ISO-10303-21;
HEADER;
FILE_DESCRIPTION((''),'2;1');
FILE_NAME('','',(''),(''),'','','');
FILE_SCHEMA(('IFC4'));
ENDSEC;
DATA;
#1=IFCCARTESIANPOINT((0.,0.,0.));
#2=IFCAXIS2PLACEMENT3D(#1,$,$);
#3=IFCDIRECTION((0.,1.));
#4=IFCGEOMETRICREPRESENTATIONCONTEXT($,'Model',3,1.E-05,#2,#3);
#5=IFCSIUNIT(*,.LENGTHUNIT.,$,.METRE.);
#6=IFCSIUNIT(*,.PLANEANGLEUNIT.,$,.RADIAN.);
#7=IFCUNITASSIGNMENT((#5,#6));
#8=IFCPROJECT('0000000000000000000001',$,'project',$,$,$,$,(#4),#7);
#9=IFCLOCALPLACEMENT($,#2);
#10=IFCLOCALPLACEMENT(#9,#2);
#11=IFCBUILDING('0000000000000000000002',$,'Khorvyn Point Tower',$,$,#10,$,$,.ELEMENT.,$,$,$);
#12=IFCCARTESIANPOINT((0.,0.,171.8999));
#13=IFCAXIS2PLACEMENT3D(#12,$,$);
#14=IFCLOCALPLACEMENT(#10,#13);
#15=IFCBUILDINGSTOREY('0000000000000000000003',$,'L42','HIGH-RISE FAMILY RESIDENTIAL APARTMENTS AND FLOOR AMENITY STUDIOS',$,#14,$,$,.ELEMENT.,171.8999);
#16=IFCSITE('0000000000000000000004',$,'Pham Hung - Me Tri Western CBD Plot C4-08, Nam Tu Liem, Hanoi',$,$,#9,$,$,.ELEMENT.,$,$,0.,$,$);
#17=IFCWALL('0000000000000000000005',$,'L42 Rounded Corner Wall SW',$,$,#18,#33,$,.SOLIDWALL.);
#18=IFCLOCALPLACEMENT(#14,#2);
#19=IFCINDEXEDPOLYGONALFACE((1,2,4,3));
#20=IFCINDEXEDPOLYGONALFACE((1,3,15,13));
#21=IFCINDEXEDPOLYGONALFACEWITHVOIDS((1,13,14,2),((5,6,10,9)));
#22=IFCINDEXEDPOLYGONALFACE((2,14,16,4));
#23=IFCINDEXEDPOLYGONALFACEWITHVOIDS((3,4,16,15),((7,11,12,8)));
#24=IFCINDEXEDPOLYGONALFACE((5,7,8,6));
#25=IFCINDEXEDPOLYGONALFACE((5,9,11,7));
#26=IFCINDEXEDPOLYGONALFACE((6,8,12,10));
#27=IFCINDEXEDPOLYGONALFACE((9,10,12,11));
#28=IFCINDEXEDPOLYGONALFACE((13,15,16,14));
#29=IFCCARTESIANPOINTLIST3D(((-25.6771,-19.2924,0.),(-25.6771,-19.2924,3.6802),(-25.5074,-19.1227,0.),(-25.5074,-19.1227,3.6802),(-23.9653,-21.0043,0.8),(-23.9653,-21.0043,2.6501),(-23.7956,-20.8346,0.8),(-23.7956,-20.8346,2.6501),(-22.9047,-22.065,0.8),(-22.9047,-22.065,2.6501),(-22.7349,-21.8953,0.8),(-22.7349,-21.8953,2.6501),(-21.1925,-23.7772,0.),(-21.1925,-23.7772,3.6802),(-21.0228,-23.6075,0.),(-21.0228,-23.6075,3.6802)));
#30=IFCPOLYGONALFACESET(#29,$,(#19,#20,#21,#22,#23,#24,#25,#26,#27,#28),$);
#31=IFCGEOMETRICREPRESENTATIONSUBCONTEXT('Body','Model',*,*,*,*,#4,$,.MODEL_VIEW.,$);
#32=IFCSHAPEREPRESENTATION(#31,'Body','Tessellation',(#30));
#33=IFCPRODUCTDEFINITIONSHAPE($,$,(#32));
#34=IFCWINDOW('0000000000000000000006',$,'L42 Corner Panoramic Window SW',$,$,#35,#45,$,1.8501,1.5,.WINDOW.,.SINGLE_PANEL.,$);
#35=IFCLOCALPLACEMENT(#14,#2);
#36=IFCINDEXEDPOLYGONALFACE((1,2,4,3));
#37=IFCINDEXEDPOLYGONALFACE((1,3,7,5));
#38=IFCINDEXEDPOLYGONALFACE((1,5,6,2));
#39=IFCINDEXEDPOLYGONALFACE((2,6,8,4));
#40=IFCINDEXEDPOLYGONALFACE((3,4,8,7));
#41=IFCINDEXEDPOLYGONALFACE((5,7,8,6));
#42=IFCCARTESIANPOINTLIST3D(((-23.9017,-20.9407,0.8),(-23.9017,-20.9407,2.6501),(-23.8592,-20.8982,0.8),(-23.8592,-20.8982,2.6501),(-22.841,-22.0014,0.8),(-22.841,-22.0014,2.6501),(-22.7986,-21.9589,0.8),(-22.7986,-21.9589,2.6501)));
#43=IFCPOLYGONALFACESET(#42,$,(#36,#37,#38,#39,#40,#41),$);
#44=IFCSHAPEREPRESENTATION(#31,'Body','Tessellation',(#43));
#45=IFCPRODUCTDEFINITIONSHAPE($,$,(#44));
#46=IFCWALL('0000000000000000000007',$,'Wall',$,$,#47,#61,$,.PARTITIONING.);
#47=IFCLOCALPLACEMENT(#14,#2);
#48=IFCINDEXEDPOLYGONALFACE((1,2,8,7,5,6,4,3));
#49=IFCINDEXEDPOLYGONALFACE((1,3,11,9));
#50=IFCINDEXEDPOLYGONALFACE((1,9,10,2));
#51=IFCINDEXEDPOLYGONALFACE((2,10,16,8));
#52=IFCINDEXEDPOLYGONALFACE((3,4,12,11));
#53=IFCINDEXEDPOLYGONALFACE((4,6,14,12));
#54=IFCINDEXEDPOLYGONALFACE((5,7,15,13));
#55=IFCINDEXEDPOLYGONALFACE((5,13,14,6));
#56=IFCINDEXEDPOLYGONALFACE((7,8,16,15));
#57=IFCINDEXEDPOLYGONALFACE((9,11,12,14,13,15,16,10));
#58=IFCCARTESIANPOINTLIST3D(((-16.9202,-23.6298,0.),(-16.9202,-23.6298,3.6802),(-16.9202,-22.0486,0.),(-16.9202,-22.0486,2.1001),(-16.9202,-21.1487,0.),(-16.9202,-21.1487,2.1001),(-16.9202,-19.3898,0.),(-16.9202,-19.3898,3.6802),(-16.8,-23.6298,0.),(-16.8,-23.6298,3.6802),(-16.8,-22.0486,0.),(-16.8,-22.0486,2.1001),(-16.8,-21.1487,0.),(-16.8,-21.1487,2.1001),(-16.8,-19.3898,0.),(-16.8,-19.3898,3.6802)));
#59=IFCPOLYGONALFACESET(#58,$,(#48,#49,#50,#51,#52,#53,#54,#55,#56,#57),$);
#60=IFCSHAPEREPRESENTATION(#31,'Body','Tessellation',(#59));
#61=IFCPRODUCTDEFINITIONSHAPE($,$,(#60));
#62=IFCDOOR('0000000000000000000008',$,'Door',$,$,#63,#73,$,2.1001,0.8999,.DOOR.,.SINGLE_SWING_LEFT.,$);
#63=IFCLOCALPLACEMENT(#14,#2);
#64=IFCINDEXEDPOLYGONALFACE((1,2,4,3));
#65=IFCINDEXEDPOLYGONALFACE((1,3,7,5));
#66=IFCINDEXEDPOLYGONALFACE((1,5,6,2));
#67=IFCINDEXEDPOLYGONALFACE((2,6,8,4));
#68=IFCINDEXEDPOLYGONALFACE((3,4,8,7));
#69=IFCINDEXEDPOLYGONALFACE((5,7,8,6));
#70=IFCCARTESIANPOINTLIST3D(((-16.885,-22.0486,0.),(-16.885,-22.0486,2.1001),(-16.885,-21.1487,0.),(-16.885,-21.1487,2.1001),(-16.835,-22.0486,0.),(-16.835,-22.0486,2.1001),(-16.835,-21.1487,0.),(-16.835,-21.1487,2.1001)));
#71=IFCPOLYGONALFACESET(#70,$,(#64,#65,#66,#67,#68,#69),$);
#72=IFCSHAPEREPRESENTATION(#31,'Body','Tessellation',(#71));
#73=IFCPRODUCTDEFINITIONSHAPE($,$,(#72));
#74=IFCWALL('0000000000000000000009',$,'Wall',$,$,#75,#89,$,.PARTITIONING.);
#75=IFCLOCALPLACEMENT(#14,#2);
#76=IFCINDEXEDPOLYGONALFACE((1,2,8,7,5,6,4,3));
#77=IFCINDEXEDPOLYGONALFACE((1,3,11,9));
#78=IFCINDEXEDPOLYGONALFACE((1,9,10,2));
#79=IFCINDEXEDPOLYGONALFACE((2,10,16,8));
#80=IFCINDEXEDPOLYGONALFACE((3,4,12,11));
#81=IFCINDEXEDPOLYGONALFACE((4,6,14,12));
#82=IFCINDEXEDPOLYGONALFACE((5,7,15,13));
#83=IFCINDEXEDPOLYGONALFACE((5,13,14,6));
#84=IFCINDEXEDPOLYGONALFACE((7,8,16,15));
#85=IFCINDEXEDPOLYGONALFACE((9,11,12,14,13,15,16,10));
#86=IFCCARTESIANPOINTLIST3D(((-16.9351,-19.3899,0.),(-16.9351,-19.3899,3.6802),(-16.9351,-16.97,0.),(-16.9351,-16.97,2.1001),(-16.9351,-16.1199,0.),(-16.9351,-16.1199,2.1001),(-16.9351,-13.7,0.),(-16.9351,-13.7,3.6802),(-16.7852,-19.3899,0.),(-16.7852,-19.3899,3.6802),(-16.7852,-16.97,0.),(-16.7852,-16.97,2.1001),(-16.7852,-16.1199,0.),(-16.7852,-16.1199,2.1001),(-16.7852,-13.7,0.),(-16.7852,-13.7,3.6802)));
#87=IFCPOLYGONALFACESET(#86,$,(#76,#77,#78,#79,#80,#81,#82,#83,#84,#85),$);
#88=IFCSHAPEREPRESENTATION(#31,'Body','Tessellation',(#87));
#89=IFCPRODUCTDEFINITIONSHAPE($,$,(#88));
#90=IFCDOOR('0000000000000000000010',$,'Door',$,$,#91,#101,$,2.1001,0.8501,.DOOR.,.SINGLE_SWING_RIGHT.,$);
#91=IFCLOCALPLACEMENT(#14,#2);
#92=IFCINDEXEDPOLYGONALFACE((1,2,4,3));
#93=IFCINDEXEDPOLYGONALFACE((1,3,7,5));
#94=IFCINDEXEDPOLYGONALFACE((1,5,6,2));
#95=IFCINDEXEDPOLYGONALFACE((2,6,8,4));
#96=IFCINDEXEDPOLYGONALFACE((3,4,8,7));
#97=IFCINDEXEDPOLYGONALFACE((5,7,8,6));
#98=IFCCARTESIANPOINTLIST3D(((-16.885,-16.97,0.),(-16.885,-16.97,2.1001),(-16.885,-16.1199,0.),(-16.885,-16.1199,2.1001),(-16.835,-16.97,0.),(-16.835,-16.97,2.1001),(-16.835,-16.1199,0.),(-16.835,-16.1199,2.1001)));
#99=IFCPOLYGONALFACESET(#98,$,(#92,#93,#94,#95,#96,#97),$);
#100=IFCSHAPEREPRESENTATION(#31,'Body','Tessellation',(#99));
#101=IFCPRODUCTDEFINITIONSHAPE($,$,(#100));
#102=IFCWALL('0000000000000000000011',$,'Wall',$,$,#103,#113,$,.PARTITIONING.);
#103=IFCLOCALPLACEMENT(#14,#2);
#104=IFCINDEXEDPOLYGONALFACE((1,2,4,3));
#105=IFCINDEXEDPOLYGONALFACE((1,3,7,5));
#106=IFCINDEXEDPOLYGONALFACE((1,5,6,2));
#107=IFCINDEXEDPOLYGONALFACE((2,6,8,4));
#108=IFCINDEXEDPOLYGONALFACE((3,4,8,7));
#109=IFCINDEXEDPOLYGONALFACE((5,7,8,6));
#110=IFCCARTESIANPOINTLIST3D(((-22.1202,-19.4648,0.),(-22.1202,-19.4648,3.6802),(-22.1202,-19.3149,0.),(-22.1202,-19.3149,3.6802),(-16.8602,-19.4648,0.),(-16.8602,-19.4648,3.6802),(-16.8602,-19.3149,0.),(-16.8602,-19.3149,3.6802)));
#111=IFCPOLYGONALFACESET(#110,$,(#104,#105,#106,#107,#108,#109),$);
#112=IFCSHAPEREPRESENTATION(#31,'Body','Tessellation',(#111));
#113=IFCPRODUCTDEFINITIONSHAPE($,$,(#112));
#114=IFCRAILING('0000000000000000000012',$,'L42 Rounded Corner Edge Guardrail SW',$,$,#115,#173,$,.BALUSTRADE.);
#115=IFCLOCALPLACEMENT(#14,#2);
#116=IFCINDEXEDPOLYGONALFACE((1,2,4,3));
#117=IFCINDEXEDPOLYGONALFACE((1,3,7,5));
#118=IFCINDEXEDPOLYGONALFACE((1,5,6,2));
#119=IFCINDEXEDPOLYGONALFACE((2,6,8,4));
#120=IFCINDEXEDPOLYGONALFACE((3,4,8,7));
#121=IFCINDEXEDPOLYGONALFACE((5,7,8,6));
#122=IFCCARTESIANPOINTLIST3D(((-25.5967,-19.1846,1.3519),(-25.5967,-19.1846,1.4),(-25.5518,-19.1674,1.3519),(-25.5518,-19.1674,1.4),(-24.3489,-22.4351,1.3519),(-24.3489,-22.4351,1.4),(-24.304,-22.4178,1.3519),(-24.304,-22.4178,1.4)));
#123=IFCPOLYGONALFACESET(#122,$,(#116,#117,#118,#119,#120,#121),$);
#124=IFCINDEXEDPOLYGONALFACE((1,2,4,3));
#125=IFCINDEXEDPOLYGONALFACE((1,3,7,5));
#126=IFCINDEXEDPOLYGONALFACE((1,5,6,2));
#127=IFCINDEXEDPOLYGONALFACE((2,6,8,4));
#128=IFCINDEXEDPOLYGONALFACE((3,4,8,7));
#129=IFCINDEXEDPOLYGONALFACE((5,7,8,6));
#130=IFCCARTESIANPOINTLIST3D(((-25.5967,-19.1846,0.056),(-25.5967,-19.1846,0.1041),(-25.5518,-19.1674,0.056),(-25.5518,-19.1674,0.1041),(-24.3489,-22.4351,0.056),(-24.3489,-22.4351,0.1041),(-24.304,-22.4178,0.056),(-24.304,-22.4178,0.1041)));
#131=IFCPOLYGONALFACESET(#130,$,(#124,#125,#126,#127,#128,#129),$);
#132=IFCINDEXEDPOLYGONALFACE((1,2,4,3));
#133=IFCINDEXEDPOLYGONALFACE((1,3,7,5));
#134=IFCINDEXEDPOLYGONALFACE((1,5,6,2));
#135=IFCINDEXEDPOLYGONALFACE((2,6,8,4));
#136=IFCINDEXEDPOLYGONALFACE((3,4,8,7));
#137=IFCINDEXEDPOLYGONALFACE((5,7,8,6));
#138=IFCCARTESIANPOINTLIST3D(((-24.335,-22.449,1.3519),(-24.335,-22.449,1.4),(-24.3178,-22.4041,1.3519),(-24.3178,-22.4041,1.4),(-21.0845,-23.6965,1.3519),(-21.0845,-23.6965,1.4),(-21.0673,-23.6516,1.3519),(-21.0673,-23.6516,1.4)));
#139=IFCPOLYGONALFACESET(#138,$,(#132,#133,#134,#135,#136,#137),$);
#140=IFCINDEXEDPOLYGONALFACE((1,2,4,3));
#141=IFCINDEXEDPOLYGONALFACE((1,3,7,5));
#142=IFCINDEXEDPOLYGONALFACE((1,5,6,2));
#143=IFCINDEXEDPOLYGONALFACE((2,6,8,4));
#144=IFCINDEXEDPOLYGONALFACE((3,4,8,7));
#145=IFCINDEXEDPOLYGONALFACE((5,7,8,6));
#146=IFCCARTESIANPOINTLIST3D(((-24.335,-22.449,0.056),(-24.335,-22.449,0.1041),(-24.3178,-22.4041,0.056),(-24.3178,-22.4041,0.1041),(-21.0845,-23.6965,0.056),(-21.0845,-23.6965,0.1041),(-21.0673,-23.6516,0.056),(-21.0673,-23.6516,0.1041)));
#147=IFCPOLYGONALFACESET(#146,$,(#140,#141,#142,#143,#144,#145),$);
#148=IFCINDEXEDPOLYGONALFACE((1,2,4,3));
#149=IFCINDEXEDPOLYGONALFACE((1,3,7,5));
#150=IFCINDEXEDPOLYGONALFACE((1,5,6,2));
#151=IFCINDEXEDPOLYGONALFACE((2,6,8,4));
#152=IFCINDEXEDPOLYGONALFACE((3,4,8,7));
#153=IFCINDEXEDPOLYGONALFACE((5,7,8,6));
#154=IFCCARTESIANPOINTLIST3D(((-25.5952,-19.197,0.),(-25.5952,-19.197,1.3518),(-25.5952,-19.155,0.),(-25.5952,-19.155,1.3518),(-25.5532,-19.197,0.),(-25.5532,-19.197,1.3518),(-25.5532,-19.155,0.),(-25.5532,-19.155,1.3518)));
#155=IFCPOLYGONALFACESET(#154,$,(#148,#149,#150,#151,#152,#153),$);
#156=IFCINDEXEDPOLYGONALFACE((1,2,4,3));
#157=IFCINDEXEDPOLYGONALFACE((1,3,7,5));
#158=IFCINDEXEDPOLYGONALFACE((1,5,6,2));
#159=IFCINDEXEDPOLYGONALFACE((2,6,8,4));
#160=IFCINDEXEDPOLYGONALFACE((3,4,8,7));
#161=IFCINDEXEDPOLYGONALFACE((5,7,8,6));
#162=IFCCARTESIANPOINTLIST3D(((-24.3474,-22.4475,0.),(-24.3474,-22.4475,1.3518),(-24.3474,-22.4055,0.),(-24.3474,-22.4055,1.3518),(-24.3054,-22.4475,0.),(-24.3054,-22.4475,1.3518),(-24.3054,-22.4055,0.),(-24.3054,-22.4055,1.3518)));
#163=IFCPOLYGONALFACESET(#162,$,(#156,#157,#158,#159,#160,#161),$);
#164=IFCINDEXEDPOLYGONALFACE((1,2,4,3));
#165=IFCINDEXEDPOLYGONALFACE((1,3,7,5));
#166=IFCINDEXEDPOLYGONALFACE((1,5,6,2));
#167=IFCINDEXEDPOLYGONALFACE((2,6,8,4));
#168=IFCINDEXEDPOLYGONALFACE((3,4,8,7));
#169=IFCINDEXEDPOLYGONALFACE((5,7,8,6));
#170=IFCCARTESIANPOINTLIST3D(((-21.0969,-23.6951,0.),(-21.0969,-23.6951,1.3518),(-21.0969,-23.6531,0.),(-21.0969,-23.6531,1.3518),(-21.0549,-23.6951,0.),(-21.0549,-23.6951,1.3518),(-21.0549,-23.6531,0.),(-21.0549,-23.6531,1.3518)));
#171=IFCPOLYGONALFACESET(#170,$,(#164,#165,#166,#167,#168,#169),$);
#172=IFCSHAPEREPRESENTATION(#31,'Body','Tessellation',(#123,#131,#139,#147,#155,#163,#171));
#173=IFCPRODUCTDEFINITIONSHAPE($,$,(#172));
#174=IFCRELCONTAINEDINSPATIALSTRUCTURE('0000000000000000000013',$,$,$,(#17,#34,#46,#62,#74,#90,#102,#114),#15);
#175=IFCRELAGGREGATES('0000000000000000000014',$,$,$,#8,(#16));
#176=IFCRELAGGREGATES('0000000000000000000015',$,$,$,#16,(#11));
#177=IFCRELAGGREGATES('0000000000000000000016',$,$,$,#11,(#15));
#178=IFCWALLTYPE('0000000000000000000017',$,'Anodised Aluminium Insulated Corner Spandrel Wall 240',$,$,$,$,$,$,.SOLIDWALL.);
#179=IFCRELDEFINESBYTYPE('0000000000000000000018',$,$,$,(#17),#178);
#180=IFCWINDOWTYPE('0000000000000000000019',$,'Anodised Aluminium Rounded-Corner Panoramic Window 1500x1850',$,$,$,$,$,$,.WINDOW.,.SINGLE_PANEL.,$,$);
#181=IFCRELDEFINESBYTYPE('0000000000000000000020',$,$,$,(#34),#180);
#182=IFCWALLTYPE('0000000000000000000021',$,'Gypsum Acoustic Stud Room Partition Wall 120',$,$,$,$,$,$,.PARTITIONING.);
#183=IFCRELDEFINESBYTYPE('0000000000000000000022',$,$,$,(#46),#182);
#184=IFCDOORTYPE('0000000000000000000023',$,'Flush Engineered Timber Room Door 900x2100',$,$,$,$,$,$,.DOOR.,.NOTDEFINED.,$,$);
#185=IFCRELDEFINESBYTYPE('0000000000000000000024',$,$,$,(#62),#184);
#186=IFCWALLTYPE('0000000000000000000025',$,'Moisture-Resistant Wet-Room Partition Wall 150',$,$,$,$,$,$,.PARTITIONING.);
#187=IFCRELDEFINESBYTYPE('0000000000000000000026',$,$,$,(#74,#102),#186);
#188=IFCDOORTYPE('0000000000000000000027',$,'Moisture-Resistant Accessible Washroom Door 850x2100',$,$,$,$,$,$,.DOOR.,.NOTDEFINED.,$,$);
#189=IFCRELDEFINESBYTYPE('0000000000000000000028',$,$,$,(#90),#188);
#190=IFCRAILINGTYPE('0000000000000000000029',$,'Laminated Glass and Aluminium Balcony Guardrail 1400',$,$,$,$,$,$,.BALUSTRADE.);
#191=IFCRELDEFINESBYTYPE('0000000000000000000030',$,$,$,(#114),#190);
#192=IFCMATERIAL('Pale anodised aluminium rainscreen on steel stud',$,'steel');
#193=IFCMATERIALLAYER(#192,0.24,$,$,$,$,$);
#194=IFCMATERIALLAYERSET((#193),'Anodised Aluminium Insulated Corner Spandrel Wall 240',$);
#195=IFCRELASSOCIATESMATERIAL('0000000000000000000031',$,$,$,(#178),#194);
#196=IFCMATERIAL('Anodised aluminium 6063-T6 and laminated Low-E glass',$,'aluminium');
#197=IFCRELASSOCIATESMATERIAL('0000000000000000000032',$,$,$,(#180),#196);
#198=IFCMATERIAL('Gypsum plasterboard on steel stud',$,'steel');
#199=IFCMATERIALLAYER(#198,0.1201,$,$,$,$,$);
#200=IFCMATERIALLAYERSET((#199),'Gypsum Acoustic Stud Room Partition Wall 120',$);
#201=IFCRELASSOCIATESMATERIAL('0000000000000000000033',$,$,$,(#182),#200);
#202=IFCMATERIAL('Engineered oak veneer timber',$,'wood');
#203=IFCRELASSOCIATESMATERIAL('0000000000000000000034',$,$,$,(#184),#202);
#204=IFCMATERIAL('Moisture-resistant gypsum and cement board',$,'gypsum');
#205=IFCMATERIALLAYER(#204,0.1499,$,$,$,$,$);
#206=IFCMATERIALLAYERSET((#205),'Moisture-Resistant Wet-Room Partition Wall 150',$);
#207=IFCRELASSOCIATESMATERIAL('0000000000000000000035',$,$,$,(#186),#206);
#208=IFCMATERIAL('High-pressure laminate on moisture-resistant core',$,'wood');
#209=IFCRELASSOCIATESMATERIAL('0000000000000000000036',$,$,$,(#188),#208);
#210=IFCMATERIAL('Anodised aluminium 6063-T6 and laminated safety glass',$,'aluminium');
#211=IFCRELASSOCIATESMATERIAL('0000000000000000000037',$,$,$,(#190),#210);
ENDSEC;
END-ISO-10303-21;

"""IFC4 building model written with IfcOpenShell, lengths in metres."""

from ifc_helpers import new_model, si_unit, direction, frame, frame_2d, origin, origin_2d, place, context, subcontext, project, spatial, rectangle, extrude, material, layer, layer_set, type_object, element, fill, save


model = new_model("IFC4")

# Units and contexts
model_context = context("Model", 3, precision=1e-05, world=origin(), true_north=direction((0.0, 1.0)))
body_context = subcontext(model_context, "Body", "Model", "MODEL_VIEW")
ifc_project = project(units=[si_unit("LENGTHUNIT", "METRE"), si_unit("PLANEANGLEUNIT", "RADIAN")], contexts=[model_context])

# Site, building, storey
site_placement = place(None, origin())
site = spatial("IfcSite", under=ifc_project, at=site_placement, Name="Pham Hung - Me Tri Western CBD Plot C4-08, Nam Tu Liem, Hanoi", CompositionType="ELEMENT", RefElevation=0.0)
building_placement = place(site_placement, origin())
building = spatial("IfcBuilding", under=site, at=building_placement, Name="Khorvyn Point Tower", CompositionType="ELEMENT")
storey_placement = place(building_placement, frame((0.0, 0.0, 171.8999)))
storey = spatial("IfcBuildingStorey", under=building, at=storey_placement, Name="L42", Description="HIGH-RISE FAMILY RESIDENTIAL APARTMENTS AND FLOOR AMENITY STUDIOS", CompositionType="ELEMENT", Elevation=171.8999)

# Shared definitions
ifc_material_1 = material(Name="Anodised aluminium 6063-T6 and laminated Low-E glass", Category="aluminium")

# Wall, opening, window
ifc_material_2 = material(Name="Pale anodised aluminium rainscreen on steel stud", Category="steel")
ifc_layer_1 = layer(ifc_material_2, 0.24)
ifc_layer_set_1 = layer_set([ifc_layer_1], Name="Anodised Aluminium Insulated Corner Spandrel Wall 240")
wall_type_1 = type_object("IfcWallType", Name="Anodised Aluminium Insulated Corner Spandrel Wall 240", PredefinedType="SOLIDWALL", material=ifc_layer_set_1)
wall_1_placement = place(storey_placement, frame((-21.1077, -23.6924, 0.0), z_axis=(0.0, 0.0, 1.0), x_axis=(-0.707088, 0.707126, 0.0)))
wall_1 = element("IfcWall", 1, at=wall_1_placement, inside=storey, type_object=wall_type_1, Name="L42 Rounded Corner Wall SW", PredefinedType="SOLIDWALL", context=body_context, shape_type="SweptSolid", body=[
    extrude(rectangle(XDim=6.3423, YDim=0.24, at=frame_2d((3.1711, 0.0))), origin(), (0.0, 0.0, 1.0), 3.6802),
])
opening_1_placement = place(wall_1_placement, frame((2.4214, 0.0, 0.8)))
opening_1 = element("IfcOpeningElement", 2, at=opening_1_placement, cuts=wall_1, PredefinedType="OPENING", context=body_context, shape_type="SweptSolid", body=[
    extrude(rectangle(XDim=1.5, YDim=1.8501, at=frame_2d((0.75, 0.925))), frame((0.0, 0.1299, 0.0), z_axis=(0.0, -1.0, 0.0), x_axis=(1.0, 0.0, 0.0)), (0.0, 0.0, 1.0), 0.26),
])
window_type = type_object("IfcWindowType", Name="Anodised Aluminium Rounded-Corner Panoramic Window 1500x1850", PartitioningType="SINGLE_PANEL", PredefinedType="WINDOW", material=ifc_material_1)
window_placement = place(opening_1_placement, origin())
window = element("IfcWindow", 3, at=window_placement, inside=storey, type_object=window_type, Name="L42 Corner Panoramic Window SW", OverallHeight=1.8501, OverallWidth=1.5, PartitioningType="SINGLE_PANEL", PredefinedType="WINDOW", context=body_context, shape_type="SweptSolid", body=[
    extrude(rectangle(XDim=1.5, YDim=1.8501, at=frame_2d((0.75, 0.925))), frame((0.0, 0.03, 0.0), z_axis=(0.0, -1.0, 0.0), x_axis=(1.0, 0.0, 0.0)), (0.0, 0.0, 1.0), 0.0601),
])
fill(opening_1, window)

# Walls, openings, doors
ifc_material_3 = material(Name="Gypsum plasterboard on steel stud", Category="steel")
ifc_layer_2 = layer(ifc_material_3, 0.1201)
ifc_layer_set_2 = layer_set([ifc_layer_2], Name="Gypsum Acoustic Stud Room Partition Wall 120")
wall_type_2 = type_object("IfcWallType", Name="Gypsum Acoustic Stud Room Partition Wall 120", PredefinedType="PARTITIONING", material=ifc_layer_set_2)
wall_2_placement = place(storey_placement, frame((-16.8601, -23.6299, 0.0), z_axis=(0.0, 0.0, 1.0), x_axis=(0.0, 1.0, 0.0)))
wall_2 = element("IfcWall", 4, at=wall_2_placement, inside=storey, type_object=wall_type_2, Name="Wall", PredefinedType="PARTITIONING", context=body_context, shape_type="SweptSolid", body=[
    extrude(rectangle(XDim=4.24, YDim=0.1201, at=frame_2d((2.1201, 0.0))), origin(), (0.0, 0.0, 1.0), 3.6802),
])
opening_2_placement = place(wall_2_placement, frame((1.5813, 0.0, 0.0)))
opening_2 = element("IfcOpeningElement", 5, at=opening_2_placement, cuts=wall_2, PredefinedType="OPENING", context=body_context, shape_type="SweptSolid", body=[
    extrude(rectangle(XDim=0.8999, YDim=2.1001, at=frame_2d((0.45, 1.05))), frame((0.0, 0.0701, 0.0), z_axis=(0.0, -1.0, 0.0), x_axis=(1.0, 0.0, 0.0)), (0.0, 0.0, 1.0), 0.1401),
])
ifc_material_4 = material(Name="Engineered oak veneer timber", Category="wood")
door_type_1 = type_object("IfcDoorType", Name="Flush Engineered Timber Room Door 900x2100", OperationType="NOTDEFINED", PredefinedType="DOOR", material=ifc_material_4)
door_1_placement = place(opening_2_placement, origin())
door_1 = element("IfcDoor", 6, at=door_1_placement, inside=storey, type_object=door_type_1, Name="Door", OperationType="SINGLE_SWING_LEFT", OverallHeight=2.1001, OverallWidth=0.8999, PredefinedType="DOOR", context=body_context, shape_type="SweptSolid", body=[
    extrude(rectangle(XDim=0.8999, YDim=2.1001, at=frame_2d((0.45, 1.05))), frame((0.0, 0.0249, 0.0), z_axis=(0.0, -1.0, 0.0), x_axis=(1.0, 0.0, 0.0)), (0.0, 0.0, 1.0), 0.05),
])
fill(opening_2, door_1)
ifc_material_5 = material(Name="Moisture-resistant gypsum and cement board", Category="gypsum")
ifc_layer_3 = layer(ifc_material_5, 0.1499)
ifc_layer_set_3 = layer_set([ifc_layer_3], Name="Moisture-Resistant Wet-Room Partition Wall 150")
wall_type_3 = type_object("IfcWallType", Name="Moisture-Resistant Wet-Room Partition Wall 150", PredefinedType="PARTITIONING", material=ifc_layer_set_3)
wall_3_placement = place(storey_placement, frame((-16.8601, -19.3899, 0.0), z_axis=(0.0, 0.0, 1.0), x_axis=(0.0, 1.0, 0.0)))
wall_3 = element("IfcWall", 7, at=wall_3_placement, inside=storey, type_object=wall_type_3, Name="Wall", PredefinedType="PARTITIONING", context=body_context, shape_type="SweptSolid", body=[
    extrude(rectangle(XDim=5.6899, YDim=0.1499, at=frame_2d((2.845, 0.0))), origin(), (0.0, 0.0, 1.0), 3.6802),
])
opening_3_placement = place(wall_3_placement, frame((2.4199, 0.0, 0.0)))
opening_3 = element("IfcOpeningElement", 8, at=opening_3_placement, cuts=wall_3, PredefinedType="OPENING", context=body_context, shape_type="SweptSolid", body=[
    extrude(rectangle(XDim=0.8501, YDim=2.1001, at=frame_2d((0.425, 1.05))), frame((0.0, 0.085, 0.0), z_axis=(0.0, -1.0, 0.0), x_axis=(1.0, 0.0, 0.0)), (0.0, 0.0, 1.0), 0.1699),
])
ifc_material_6 = material(Name="High-pressure laminate on moisture-resistant core", Category="wood")
door_type_2 = type_object("IfcDoorType", Name="Moisture-Resistant Accessible Washroom Door 850x2100", OperationType="NOTDEFINED", PredefinedType="DOOR", material=ifc_material_6)
door_2_placement = place(opening_3_placement, origin())
door_2 = element("IfcDoor", 9, at=door_2_placement, inside=storey, type_object=door_type_2, Name="Door", OperationType="SINGLE_SWING_RIGHT", OverallHeight=2.1001, OverallWidth=0.8501, PredefinedType="DOOR", context=body_context, shape_type="SweptSolid", body=[
    extrude(rectangle(XDim=0.8501, YDim=2.1001, at=frame_2d((0.425, 1.05))), frame((0.0, 0.0249, 0.0), z_axis=(0.0, -1.0, 0.0), x_axis=(1.0, 0.0, 0.0)), (0.0, 0.0, 1.0), 0.05),
])
fill(opening_3, door_2)

# Wall
wall_4_placement = place(storey_placement, frame((-22.1201, -19.3899, 0.0), z_axis=(0.0, 0.0, 1.0), x_axis=(1.0, 0.0, 0.0)))
element("IfcWall", 10, at=wall_4_placement, inside=storey, type_object=wall_type_3, Name="Wall", PredefinedType="PARTITIONING", context=body_context, shape_type="SweptSolid", body=[
    extrude(rectangle(XDim=5.26, YDim=0.1499, at=frame_2d((2.6299, 0.0))), origin(), (0.0, 0.0, 1.0), 3.6802),
])

# Railing
ifc_material_7 = material(Name="Anodised aluminium 6063-T6 and laminated safety glass", Category="aluminium")
railing_type = type_object("IfcRailingType", Name="Laminated Glass and Aluminium Balcony Guardrail 1400", PredefinedType="BALUSTRADE", material=ifc_material_7)
railing_1_placement = place(storey_placement, frame((-25.5742, -19.176, 0.0)))
element("IfcRailing", 11, at=railing_1_placement, inside=storey, type_object=railing_type, Name="L42 Rounded Corner Edge Guardrail SW", PredefinedType="BALUSTRADE", context=body_context, shape_type="SweptSolid", body=[
    extrude(rectangle(XDim=0.0481, YDim=0.0481, at=origin_2d()), frame((0.0, 0.0, 1.376), z_axis=(0.358382, -0.933575, 0.0), x_axis=(0.933575, 0.358382, 0.0)), (0.0, 0.0, 1.0), 3.4817),
    extrude(rectangle(XDim=0.0481, YDim=0.0481, at=origin_2d()), frame((0.0, 0.0, 0.0801), z_axis=(0.358382, -0.933575, 0.0), x_axis=(0.933575, 0.358382, 0.0)), (0.0, 0.0, 1.0), 3.4817),
    extrude(rectangle(XDim=0.0481, YDim=0.0481, at=origin_2d()), frame((1.2478, -3.2505, 1.376), z_axis=(0.933598, -0.358321, 0.0), x_axis=(0.358321, 0.933598, 0.0)), (0.0, 0.0, 1.0), 3.4817),
    extrude(rectangle(XDim=0.0481, YDim=0.0481, at=origin_2d()), frame((1.2478, -3.2505, 0.0801), z_axis=(0.933598, -0.358321, 0.0), x_axis=(0.358321, 0.933598, 0.0)), (0.0, 0.0, 1.0), 3.4817),
    extrude(rectangle(XDim=0.042, YDim=0.042, at=origin_2d()), origin(), (0.0, 0.0, 1.0), 1.3518),
    extrude(rectangle(XDim=0.042, YDim=0.042, at=origin_2d()), frame((1.2478, -3.2505, 0.0)), (0.0, 0.0, 1.0), 1.3518),
    extrude(rectangle(XDim=0.042, YDim=0.042, at=origin_2d()), frame((4.4983, -4.498, 0.0)), (0.0, 0.0, 1.0), 1.3518),
])

save(model, "model.ifc")
